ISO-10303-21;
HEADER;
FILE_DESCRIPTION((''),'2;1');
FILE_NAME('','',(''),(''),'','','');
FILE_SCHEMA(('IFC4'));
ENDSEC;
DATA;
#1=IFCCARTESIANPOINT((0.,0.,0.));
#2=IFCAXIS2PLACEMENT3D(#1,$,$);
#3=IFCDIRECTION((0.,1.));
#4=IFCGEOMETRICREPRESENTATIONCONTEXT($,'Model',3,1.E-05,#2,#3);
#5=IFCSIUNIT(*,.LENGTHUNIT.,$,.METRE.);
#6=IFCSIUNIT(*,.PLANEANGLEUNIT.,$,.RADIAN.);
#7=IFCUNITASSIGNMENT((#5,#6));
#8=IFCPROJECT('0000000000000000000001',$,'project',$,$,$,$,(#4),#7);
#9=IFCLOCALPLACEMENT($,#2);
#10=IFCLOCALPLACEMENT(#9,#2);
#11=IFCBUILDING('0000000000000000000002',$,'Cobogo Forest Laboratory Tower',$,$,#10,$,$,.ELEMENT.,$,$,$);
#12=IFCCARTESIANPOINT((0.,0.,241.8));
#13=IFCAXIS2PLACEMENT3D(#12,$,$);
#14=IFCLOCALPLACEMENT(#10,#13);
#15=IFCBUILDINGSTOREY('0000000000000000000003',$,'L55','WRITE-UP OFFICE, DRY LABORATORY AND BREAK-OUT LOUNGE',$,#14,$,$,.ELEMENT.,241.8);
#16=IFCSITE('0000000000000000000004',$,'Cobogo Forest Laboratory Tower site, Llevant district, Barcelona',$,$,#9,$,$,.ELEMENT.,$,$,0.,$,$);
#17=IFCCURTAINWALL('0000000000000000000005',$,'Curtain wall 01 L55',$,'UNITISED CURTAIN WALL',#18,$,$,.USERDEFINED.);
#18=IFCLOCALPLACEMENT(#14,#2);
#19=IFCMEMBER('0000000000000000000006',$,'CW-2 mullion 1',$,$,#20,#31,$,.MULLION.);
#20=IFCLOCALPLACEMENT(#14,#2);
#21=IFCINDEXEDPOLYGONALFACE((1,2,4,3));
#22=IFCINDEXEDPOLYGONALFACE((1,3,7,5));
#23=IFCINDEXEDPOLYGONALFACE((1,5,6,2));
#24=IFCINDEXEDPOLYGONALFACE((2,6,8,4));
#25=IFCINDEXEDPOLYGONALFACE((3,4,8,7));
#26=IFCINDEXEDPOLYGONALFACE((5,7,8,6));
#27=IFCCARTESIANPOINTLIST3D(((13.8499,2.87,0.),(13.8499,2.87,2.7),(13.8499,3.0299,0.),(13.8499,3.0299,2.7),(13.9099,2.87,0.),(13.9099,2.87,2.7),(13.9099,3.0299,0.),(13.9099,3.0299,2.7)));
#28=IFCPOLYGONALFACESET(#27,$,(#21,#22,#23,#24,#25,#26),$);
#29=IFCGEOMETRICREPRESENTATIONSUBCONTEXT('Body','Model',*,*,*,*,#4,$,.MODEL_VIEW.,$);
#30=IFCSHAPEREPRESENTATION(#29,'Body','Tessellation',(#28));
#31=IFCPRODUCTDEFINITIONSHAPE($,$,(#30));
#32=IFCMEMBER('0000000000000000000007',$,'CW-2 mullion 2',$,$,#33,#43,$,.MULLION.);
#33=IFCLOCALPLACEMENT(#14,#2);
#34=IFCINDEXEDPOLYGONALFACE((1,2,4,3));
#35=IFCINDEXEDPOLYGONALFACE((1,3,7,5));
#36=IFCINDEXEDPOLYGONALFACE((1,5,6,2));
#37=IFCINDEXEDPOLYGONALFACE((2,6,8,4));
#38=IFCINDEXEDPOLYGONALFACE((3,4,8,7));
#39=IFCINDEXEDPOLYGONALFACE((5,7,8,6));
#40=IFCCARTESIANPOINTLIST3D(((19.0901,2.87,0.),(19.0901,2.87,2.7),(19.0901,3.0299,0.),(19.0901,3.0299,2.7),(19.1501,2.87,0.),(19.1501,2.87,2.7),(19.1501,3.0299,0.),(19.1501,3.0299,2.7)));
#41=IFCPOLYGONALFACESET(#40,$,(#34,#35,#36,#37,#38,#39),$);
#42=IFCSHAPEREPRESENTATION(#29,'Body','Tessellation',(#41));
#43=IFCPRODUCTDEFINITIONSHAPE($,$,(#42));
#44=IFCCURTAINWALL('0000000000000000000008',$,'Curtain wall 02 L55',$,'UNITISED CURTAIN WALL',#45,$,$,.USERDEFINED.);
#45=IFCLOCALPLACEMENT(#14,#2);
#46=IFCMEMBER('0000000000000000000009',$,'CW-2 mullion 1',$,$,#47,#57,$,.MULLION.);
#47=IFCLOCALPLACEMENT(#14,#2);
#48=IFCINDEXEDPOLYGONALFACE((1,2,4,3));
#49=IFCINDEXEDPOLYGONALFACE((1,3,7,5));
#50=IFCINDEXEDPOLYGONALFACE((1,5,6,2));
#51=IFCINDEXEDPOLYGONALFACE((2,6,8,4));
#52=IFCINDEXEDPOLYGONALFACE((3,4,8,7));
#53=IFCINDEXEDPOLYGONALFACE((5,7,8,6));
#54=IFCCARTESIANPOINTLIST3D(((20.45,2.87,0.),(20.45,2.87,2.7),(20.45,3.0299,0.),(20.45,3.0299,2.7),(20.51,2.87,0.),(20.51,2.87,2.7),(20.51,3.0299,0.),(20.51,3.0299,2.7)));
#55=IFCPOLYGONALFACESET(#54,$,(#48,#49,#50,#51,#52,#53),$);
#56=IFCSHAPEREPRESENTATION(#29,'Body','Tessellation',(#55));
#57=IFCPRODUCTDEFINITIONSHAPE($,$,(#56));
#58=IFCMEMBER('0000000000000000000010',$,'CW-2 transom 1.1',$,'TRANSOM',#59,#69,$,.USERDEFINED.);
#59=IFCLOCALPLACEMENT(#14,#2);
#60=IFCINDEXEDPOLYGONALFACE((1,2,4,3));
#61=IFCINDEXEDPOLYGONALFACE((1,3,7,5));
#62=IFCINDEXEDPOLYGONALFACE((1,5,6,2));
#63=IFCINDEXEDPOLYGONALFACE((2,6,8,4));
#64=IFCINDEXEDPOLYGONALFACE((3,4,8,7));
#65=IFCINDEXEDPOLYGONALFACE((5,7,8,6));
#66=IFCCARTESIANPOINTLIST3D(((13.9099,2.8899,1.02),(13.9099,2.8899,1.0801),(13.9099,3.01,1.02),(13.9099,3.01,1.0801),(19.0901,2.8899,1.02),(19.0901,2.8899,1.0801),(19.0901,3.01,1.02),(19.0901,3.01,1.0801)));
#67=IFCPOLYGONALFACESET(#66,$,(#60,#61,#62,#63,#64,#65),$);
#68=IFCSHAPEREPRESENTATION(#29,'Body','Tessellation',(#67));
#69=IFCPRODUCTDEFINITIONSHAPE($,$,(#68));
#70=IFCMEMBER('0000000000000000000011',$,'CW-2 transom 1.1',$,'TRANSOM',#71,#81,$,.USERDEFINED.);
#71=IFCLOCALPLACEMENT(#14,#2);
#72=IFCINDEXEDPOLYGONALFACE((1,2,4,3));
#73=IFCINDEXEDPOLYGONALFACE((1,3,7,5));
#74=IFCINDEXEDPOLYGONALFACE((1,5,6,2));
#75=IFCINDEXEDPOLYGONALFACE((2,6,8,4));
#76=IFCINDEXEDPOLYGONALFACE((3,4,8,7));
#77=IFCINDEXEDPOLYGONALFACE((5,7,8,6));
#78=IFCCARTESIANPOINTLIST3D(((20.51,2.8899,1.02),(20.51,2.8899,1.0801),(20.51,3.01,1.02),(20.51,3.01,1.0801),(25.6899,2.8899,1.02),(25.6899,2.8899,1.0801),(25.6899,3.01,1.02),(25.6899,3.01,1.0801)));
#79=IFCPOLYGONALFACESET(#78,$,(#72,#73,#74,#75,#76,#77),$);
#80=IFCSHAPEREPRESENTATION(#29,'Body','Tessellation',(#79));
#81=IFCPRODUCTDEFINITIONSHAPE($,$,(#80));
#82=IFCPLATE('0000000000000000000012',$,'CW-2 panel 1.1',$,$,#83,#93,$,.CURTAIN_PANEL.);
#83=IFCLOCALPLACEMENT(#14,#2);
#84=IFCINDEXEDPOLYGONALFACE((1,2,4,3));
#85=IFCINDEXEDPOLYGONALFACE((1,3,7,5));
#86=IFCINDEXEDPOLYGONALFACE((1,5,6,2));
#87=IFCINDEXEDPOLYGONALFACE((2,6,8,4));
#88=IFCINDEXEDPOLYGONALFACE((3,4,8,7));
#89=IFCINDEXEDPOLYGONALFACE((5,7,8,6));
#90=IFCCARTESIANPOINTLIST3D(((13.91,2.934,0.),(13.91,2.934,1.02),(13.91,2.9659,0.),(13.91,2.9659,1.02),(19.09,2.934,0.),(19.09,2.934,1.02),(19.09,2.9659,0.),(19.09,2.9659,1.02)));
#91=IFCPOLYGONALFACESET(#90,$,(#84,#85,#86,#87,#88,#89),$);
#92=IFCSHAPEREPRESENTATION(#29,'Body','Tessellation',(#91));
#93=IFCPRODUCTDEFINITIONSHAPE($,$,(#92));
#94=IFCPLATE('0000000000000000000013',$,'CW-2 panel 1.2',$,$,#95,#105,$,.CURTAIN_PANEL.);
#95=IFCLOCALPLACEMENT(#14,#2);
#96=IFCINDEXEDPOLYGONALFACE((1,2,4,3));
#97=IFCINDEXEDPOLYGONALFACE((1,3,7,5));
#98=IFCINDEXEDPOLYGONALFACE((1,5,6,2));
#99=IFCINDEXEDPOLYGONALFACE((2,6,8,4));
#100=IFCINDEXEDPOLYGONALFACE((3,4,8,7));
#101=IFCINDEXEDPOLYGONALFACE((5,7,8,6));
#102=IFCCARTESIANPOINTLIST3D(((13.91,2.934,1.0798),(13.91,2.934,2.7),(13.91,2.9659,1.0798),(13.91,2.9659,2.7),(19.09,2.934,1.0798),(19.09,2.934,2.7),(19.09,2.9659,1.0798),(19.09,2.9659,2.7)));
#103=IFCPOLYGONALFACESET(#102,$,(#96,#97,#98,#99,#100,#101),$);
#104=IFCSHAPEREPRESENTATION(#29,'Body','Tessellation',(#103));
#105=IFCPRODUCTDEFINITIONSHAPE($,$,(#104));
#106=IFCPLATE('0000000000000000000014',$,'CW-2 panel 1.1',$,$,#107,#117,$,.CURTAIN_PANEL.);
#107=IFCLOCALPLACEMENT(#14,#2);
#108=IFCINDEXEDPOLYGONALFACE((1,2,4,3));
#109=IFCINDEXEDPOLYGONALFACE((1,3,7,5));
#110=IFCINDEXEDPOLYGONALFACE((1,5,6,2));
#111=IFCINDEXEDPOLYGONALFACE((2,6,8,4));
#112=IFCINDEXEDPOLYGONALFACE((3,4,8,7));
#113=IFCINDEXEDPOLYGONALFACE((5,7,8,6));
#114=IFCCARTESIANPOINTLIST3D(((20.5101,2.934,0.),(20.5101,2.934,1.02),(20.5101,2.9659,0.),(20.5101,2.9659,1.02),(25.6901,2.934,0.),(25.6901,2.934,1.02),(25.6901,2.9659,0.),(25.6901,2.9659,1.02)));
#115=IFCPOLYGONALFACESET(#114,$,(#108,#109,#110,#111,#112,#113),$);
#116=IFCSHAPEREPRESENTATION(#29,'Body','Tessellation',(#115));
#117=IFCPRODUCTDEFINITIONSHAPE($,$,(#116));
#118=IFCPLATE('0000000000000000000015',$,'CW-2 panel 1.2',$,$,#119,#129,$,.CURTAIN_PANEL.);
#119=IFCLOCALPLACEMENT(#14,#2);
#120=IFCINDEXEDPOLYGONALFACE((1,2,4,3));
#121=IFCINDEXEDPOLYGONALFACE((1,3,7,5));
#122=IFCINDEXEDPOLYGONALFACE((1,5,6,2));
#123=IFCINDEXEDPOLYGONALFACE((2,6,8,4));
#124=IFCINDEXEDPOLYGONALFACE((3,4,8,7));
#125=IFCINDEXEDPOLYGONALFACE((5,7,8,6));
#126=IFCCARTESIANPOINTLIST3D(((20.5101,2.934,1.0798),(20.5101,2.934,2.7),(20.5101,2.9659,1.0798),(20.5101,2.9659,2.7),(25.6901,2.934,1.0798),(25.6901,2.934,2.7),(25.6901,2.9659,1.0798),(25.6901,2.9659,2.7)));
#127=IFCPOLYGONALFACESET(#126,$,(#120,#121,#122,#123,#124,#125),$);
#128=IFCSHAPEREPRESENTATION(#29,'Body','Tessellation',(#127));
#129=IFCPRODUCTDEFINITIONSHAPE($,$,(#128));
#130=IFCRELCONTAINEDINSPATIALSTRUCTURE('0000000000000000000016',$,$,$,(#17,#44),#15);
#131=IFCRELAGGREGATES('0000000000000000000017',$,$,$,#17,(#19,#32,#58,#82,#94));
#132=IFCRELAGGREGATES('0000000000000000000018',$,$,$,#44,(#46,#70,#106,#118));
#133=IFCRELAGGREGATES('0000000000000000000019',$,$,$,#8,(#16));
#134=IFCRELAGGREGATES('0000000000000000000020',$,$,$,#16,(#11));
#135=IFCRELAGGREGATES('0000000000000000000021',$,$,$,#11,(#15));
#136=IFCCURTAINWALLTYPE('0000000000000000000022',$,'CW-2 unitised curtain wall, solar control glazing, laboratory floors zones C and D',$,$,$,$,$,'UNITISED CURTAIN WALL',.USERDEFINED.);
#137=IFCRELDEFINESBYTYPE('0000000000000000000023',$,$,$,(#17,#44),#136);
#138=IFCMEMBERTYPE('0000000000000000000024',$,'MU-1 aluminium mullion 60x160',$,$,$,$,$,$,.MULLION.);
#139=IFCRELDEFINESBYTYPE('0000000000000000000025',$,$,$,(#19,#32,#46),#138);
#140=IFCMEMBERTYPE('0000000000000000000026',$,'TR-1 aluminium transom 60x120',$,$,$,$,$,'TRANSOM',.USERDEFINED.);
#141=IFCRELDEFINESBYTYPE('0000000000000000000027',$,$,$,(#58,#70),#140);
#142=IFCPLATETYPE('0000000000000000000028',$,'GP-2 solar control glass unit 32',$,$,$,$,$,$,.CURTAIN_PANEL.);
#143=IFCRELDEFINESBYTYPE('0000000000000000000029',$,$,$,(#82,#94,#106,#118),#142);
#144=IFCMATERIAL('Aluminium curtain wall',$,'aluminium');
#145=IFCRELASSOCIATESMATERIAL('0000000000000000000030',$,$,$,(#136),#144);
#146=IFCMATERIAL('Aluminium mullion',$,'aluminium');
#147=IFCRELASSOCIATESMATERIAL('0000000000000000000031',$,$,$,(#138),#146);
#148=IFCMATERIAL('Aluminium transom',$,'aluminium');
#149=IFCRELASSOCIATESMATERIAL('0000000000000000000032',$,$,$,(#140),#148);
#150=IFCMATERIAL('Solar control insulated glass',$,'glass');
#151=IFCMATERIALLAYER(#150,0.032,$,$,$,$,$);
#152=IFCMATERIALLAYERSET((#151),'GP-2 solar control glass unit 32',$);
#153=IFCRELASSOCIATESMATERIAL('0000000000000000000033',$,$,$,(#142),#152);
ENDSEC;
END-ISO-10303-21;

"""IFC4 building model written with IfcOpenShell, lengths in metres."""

from ifc_helpers import new_model, si_unit, direction, frame, origin, origin_2d, place, context, subcontext, project, spatial, rectangle, extrude, material, layer, layer_set, material_profile, profile_set, type_object, element, aggregate, save


model = new_model("IFC4")

# Units and contexts
model_context = context("Model", 3, precision=1e-05, world=origin(), true_north=direction((0.0, 1.0)))
body_context = subcontext(model_context, "Body", "Model", "MODEL_VIEW")
ifc_project = project(units=[si_unit("LENGTHUNIT", "METRE"), si_unit("PLANEANGLEUNIT", "RADIAN")], contexts=[model_context])

# Site, building, storey
site_placement = place(None, origin())
site = spatial("IfcSite", under=ifc_project, at=site_placement, Name="Cobogo Forest Laboratory Tower site, Llevant district, Barcelona", CompositionType="ELEMENT", RefElevation=0.0)
building_placement = place(site_placement, origin())
building = spatial("IfcBuilding", under=site, at=building_placement, Name="Cobogo Forest Laboratory Tower", CompositionType="ELEMENT")
storey_placement = place(building_placement, frame((0.0, 0.0, 241.8)))
storey = spatial("IfcBuildingStorey", under=building, at=storey_placement, Name="L55", Description="WRITE-UP OFFICE, DRY LABORATORY AND BREAK-OUT LOUNGE", CompositionType="ELEMENT", Elevation=241.8)

# Curtain wall, members
ifc_material_1 = material(Name="Aluminium curtain wall", Category="aluminium")
curtain_wall_type = type_object("IfcCurtainWallType", Name="CW-2 unitised curtain wall, solar control glazing, laboratory floors zones C and D", ElementType="UNITISED CURTAIN WALL", PredefinedType="USERDEFINED", material=ifc_material_1)
curtain_wall_1_placement = place(storey_placement, origin())
curtain_wall_1 = element("IfcCurtainWall", 1, at=curtain_wall_1_placement, inside=storey, type_object=curtain_wall_type, Name="Curtain wall 01 L55", ObjectType="UNITISED CURTAIN WALL", PredefinedType="USERDEFINED")
ifc_material_2 = material(Name="Aluminium mullion", Category="aluminium")
ifc_material_profile_1 = material_profile(ifc_material_2, rectangle(XDim=0.0601, YDim=0.1599, at=origin_2d()), Name="AL 60x160")
ifc_profile_set_1 = profile_set([ifc_material_profile_1], Name="Aluminium mullion")
member_type_1 = type_object("IfcMemberType", Name="MU-1 aluminium mullion 60x160", PredefinedType="MULLION", material=ifc_profile_set_1)
member_1_placement = place(storey_placement, frame((13.8799, 2.95, 0.0), z_axis=(0.0, 0.0, 1.0), x_axis=(1.0, 0.0, 0.0)))
member_1 = element("IfcMember", 2, at=member_1_placement, type_object=member_type_1, Name="CW-2 mullion 1", PredefinedType="MULLION", context=body_context, shape_type="SweptSolid", body=[
    extrude(rectangle(XDim=0.0601, YDim=0.1599, at=origin_2d()), origin(), (0.0, 0.0, 1.0), 2.7),
])
member_2_placement = place(storey_placement, frame((19.1201, 2.95, 0.0), z_axis=(0.0, 0.0, 1.0), x_axis=(1.0, 0.0, 0.0)))
member_2 = element("IfcMember", 3, at=member_2_placement, type_object=member_type_1, Name="CW-2 mullion 2", PredefinedType="MULLION", context=body_context, shape_type="SweptSolid", body=[
    extrude(rectangle(XDim=0.0601, YDim=0.1599, at=origin_2d()), origin(), (0.0, 0.0, 1.0), 2.7),
])

# Curtain wall, member
curtain_wall_2_placement = place(storey_placement, origin())
curtain_wall_2 = element("IfcCurtainWall", 4, at=curtain_wall_2_placement, inside=storey, type_object=curtain_wall_type, Name="Curtain wall 02 L55", ObjectType="UNITISED CURTAIN WALL", PredefinedType="USERDEFINED")
member_3_placement = place(storey_placement, frame((20.48, 2.95, 0.0), z_axis=(0.0, 0.0, 1.0), x_axis=(1.0, 0.0, 0.0)))
member_3 = element("IfcMember", 5, at=member_3_placement, type_object=member_type_1, Name="CW-2 mullion 1", PredefinedType="MULLION", context=body_context, shape_type="SweptSolid", body=[
    extrude(rectangle(XDim=0.0601, YDim=0.1599, at=origin_2d()), origin(), (0.0, 0.0, 1.0), 2.7),
])

# Members
ifc_material_3 = material(Name="Aluminium transom", Category="aluminium")
ifc_material_profile_2 = material_profile(ifc_material_3, rectangle(XDim=0.1201, YDim=0.0601, at=origin_2d()), Name="AL 60x120")
ifc_profile_set_2 = profile_set([ifc_material_profile_2], Name="Aluminium transom")
member_type_2 = type_object("IfcMemberType", Name="TR-1 aluminium transom 60x120", ElementType="TRANSOM", PredefinedType="USERDEFINED", material=ifc_profile_set_2)
member_4_placement = place(storey_placement, frame((13.9099, 2.95, 1.05), z_axis=(1.0, 0.0, 0.0), x_axis=(0.0, 1.0, 0.0)))
member_4 = element("IfcMember", 6, at=member_4_placement, type_object=member_type_2, Name="CW-2 transom 1.1", ObjectType="TRANSOM", PredefinedType="USERDEFINED", context=body_context, shape_type="SweptSolid", body=[
    extrude(rectangle(XDim=0.1201, YDim=0.0601, at=origin_2d()), origin(), (0.0, 0.0, 1.0), 5.1802),
])
member_5_placement = place(storey_placement, frame((20.51, 2.95, 1.05), z_axis=(1.0, 0.0, 0.0), x_axis=(0.0, 1.0, 0.0)))
member_5 = element("IfcMember", 7, at=member_5_placement, type_object=member_type_2, Name="CW-2 transom 1.1", ObjectType="TRANSOM", PredefinedType="USERDEFINED", context=body_context, shape_type="SweptSolid", body=[
    extrude(rectangle(XDim=0.1201, YDim=0.0601, at=origin_2d()), origin(), (0.0, 0.0, 1.0), 5.1799),
])

# Plates
ifc_material_4 = material(Name="Solar control insulated glass", Category="glass")
ifc_layer = layer(ifc_material_4, 0.032)
ifc_layer_set = layer_set([ifc_layer], Name="GP-2 solar control glass unit 32")
plate_type_1 = type_object("IfcPlateType", Name="GP-2 solar control glass unit 32", PredefinedType="CURTAIN_PANEL", material=ifc_layer_set)
plate_1_placement = place(storey_placement, frame((16.5, 2.95, 0.0), z_axis=(0.0, 0.0, 1.0), x_axis=(1.0, 0.0, 0.0)))
plate_1 = element("IfcPlate", 8, at=plate_1_placement, type_object=plate_type_1, Name="CW-2 panel 1.1", PredefinedType="CURTAIN_PANEL", context=body_context, shape_type="SweptSolid", body=[
    extrude(rectangle(XDim=5.1799, YDim=0.032, at=origin_2d()), origin(), (0.0, 0.0, 1.0), 1.02),
])
plate_2_placement = place(storey_placement, frame((16.5, 2.95, 1.0798), z_axis=(0.0, 0.0, 1.0), x_axis=(1.0, 0.0, 0.0)))
plate_2 = element("IfcPlate", 9, at=plate_2_placement, type_object=plate_type_1, Name="CW-2 panel 1.2", PredefinedType="CURTAIN_PANEL", context=body_context, shape_type="SweptSolid", body=[
    extrude(rectangle(XDim=5.1799, YDim=0.032, at=origin_2d()), origin(), (0.0, 0.0, 1.0), 1.6201),
])
aggregate(curtain_wall_1, [member_1, member_2, member_4, plate_1, plate_2])
plate_3_placement = place(storey_placement, frame((23.1001, 2.95, 0.0), z_axis=(0.0, 0.0, 1.0), x_axis=(1.0, 0.0, 0.0)))
plate_3 = element("IfcPlate", 10, at=plate_3_placement, type_object=plate_type_1, Name="CW-2 panel 1.1", PredefinedType="CURTAIN_PANEL", context=body_context, shape_type="SweptSolid", body=[
    extrude(rectangle(XDim=5.1799, YDim=0.032, at=origin_2d()), origin(), (0.0, 0.0, 1.0), 1.02),
])
plate_4_placement = place(storey_placement, frame((23.1001, 2.95, 1.0798), z_axis=(0.0, 0.0, 1.0), x_axis=(1.0, 0.0, 0.0)))
plate_4 = element("IfcPlate", 11, at=plate_4_placement, type_object=plate_type_1, Name="CW-2 panel 1.2", PredefinedType="CURTAIN_PANEL", context=body_context, shape_type="SweptSolid", body=[
    extrude(rectangle(XDim=5.1799, YDim=0.032, at=origin_2d()), origin(), (0.0, 0.0, 1.0), 1.6201),
])
aggregate(curtain_wall_2, [member_3, member_5, plate_3, plate_4])

save(model, "model.ifc")
